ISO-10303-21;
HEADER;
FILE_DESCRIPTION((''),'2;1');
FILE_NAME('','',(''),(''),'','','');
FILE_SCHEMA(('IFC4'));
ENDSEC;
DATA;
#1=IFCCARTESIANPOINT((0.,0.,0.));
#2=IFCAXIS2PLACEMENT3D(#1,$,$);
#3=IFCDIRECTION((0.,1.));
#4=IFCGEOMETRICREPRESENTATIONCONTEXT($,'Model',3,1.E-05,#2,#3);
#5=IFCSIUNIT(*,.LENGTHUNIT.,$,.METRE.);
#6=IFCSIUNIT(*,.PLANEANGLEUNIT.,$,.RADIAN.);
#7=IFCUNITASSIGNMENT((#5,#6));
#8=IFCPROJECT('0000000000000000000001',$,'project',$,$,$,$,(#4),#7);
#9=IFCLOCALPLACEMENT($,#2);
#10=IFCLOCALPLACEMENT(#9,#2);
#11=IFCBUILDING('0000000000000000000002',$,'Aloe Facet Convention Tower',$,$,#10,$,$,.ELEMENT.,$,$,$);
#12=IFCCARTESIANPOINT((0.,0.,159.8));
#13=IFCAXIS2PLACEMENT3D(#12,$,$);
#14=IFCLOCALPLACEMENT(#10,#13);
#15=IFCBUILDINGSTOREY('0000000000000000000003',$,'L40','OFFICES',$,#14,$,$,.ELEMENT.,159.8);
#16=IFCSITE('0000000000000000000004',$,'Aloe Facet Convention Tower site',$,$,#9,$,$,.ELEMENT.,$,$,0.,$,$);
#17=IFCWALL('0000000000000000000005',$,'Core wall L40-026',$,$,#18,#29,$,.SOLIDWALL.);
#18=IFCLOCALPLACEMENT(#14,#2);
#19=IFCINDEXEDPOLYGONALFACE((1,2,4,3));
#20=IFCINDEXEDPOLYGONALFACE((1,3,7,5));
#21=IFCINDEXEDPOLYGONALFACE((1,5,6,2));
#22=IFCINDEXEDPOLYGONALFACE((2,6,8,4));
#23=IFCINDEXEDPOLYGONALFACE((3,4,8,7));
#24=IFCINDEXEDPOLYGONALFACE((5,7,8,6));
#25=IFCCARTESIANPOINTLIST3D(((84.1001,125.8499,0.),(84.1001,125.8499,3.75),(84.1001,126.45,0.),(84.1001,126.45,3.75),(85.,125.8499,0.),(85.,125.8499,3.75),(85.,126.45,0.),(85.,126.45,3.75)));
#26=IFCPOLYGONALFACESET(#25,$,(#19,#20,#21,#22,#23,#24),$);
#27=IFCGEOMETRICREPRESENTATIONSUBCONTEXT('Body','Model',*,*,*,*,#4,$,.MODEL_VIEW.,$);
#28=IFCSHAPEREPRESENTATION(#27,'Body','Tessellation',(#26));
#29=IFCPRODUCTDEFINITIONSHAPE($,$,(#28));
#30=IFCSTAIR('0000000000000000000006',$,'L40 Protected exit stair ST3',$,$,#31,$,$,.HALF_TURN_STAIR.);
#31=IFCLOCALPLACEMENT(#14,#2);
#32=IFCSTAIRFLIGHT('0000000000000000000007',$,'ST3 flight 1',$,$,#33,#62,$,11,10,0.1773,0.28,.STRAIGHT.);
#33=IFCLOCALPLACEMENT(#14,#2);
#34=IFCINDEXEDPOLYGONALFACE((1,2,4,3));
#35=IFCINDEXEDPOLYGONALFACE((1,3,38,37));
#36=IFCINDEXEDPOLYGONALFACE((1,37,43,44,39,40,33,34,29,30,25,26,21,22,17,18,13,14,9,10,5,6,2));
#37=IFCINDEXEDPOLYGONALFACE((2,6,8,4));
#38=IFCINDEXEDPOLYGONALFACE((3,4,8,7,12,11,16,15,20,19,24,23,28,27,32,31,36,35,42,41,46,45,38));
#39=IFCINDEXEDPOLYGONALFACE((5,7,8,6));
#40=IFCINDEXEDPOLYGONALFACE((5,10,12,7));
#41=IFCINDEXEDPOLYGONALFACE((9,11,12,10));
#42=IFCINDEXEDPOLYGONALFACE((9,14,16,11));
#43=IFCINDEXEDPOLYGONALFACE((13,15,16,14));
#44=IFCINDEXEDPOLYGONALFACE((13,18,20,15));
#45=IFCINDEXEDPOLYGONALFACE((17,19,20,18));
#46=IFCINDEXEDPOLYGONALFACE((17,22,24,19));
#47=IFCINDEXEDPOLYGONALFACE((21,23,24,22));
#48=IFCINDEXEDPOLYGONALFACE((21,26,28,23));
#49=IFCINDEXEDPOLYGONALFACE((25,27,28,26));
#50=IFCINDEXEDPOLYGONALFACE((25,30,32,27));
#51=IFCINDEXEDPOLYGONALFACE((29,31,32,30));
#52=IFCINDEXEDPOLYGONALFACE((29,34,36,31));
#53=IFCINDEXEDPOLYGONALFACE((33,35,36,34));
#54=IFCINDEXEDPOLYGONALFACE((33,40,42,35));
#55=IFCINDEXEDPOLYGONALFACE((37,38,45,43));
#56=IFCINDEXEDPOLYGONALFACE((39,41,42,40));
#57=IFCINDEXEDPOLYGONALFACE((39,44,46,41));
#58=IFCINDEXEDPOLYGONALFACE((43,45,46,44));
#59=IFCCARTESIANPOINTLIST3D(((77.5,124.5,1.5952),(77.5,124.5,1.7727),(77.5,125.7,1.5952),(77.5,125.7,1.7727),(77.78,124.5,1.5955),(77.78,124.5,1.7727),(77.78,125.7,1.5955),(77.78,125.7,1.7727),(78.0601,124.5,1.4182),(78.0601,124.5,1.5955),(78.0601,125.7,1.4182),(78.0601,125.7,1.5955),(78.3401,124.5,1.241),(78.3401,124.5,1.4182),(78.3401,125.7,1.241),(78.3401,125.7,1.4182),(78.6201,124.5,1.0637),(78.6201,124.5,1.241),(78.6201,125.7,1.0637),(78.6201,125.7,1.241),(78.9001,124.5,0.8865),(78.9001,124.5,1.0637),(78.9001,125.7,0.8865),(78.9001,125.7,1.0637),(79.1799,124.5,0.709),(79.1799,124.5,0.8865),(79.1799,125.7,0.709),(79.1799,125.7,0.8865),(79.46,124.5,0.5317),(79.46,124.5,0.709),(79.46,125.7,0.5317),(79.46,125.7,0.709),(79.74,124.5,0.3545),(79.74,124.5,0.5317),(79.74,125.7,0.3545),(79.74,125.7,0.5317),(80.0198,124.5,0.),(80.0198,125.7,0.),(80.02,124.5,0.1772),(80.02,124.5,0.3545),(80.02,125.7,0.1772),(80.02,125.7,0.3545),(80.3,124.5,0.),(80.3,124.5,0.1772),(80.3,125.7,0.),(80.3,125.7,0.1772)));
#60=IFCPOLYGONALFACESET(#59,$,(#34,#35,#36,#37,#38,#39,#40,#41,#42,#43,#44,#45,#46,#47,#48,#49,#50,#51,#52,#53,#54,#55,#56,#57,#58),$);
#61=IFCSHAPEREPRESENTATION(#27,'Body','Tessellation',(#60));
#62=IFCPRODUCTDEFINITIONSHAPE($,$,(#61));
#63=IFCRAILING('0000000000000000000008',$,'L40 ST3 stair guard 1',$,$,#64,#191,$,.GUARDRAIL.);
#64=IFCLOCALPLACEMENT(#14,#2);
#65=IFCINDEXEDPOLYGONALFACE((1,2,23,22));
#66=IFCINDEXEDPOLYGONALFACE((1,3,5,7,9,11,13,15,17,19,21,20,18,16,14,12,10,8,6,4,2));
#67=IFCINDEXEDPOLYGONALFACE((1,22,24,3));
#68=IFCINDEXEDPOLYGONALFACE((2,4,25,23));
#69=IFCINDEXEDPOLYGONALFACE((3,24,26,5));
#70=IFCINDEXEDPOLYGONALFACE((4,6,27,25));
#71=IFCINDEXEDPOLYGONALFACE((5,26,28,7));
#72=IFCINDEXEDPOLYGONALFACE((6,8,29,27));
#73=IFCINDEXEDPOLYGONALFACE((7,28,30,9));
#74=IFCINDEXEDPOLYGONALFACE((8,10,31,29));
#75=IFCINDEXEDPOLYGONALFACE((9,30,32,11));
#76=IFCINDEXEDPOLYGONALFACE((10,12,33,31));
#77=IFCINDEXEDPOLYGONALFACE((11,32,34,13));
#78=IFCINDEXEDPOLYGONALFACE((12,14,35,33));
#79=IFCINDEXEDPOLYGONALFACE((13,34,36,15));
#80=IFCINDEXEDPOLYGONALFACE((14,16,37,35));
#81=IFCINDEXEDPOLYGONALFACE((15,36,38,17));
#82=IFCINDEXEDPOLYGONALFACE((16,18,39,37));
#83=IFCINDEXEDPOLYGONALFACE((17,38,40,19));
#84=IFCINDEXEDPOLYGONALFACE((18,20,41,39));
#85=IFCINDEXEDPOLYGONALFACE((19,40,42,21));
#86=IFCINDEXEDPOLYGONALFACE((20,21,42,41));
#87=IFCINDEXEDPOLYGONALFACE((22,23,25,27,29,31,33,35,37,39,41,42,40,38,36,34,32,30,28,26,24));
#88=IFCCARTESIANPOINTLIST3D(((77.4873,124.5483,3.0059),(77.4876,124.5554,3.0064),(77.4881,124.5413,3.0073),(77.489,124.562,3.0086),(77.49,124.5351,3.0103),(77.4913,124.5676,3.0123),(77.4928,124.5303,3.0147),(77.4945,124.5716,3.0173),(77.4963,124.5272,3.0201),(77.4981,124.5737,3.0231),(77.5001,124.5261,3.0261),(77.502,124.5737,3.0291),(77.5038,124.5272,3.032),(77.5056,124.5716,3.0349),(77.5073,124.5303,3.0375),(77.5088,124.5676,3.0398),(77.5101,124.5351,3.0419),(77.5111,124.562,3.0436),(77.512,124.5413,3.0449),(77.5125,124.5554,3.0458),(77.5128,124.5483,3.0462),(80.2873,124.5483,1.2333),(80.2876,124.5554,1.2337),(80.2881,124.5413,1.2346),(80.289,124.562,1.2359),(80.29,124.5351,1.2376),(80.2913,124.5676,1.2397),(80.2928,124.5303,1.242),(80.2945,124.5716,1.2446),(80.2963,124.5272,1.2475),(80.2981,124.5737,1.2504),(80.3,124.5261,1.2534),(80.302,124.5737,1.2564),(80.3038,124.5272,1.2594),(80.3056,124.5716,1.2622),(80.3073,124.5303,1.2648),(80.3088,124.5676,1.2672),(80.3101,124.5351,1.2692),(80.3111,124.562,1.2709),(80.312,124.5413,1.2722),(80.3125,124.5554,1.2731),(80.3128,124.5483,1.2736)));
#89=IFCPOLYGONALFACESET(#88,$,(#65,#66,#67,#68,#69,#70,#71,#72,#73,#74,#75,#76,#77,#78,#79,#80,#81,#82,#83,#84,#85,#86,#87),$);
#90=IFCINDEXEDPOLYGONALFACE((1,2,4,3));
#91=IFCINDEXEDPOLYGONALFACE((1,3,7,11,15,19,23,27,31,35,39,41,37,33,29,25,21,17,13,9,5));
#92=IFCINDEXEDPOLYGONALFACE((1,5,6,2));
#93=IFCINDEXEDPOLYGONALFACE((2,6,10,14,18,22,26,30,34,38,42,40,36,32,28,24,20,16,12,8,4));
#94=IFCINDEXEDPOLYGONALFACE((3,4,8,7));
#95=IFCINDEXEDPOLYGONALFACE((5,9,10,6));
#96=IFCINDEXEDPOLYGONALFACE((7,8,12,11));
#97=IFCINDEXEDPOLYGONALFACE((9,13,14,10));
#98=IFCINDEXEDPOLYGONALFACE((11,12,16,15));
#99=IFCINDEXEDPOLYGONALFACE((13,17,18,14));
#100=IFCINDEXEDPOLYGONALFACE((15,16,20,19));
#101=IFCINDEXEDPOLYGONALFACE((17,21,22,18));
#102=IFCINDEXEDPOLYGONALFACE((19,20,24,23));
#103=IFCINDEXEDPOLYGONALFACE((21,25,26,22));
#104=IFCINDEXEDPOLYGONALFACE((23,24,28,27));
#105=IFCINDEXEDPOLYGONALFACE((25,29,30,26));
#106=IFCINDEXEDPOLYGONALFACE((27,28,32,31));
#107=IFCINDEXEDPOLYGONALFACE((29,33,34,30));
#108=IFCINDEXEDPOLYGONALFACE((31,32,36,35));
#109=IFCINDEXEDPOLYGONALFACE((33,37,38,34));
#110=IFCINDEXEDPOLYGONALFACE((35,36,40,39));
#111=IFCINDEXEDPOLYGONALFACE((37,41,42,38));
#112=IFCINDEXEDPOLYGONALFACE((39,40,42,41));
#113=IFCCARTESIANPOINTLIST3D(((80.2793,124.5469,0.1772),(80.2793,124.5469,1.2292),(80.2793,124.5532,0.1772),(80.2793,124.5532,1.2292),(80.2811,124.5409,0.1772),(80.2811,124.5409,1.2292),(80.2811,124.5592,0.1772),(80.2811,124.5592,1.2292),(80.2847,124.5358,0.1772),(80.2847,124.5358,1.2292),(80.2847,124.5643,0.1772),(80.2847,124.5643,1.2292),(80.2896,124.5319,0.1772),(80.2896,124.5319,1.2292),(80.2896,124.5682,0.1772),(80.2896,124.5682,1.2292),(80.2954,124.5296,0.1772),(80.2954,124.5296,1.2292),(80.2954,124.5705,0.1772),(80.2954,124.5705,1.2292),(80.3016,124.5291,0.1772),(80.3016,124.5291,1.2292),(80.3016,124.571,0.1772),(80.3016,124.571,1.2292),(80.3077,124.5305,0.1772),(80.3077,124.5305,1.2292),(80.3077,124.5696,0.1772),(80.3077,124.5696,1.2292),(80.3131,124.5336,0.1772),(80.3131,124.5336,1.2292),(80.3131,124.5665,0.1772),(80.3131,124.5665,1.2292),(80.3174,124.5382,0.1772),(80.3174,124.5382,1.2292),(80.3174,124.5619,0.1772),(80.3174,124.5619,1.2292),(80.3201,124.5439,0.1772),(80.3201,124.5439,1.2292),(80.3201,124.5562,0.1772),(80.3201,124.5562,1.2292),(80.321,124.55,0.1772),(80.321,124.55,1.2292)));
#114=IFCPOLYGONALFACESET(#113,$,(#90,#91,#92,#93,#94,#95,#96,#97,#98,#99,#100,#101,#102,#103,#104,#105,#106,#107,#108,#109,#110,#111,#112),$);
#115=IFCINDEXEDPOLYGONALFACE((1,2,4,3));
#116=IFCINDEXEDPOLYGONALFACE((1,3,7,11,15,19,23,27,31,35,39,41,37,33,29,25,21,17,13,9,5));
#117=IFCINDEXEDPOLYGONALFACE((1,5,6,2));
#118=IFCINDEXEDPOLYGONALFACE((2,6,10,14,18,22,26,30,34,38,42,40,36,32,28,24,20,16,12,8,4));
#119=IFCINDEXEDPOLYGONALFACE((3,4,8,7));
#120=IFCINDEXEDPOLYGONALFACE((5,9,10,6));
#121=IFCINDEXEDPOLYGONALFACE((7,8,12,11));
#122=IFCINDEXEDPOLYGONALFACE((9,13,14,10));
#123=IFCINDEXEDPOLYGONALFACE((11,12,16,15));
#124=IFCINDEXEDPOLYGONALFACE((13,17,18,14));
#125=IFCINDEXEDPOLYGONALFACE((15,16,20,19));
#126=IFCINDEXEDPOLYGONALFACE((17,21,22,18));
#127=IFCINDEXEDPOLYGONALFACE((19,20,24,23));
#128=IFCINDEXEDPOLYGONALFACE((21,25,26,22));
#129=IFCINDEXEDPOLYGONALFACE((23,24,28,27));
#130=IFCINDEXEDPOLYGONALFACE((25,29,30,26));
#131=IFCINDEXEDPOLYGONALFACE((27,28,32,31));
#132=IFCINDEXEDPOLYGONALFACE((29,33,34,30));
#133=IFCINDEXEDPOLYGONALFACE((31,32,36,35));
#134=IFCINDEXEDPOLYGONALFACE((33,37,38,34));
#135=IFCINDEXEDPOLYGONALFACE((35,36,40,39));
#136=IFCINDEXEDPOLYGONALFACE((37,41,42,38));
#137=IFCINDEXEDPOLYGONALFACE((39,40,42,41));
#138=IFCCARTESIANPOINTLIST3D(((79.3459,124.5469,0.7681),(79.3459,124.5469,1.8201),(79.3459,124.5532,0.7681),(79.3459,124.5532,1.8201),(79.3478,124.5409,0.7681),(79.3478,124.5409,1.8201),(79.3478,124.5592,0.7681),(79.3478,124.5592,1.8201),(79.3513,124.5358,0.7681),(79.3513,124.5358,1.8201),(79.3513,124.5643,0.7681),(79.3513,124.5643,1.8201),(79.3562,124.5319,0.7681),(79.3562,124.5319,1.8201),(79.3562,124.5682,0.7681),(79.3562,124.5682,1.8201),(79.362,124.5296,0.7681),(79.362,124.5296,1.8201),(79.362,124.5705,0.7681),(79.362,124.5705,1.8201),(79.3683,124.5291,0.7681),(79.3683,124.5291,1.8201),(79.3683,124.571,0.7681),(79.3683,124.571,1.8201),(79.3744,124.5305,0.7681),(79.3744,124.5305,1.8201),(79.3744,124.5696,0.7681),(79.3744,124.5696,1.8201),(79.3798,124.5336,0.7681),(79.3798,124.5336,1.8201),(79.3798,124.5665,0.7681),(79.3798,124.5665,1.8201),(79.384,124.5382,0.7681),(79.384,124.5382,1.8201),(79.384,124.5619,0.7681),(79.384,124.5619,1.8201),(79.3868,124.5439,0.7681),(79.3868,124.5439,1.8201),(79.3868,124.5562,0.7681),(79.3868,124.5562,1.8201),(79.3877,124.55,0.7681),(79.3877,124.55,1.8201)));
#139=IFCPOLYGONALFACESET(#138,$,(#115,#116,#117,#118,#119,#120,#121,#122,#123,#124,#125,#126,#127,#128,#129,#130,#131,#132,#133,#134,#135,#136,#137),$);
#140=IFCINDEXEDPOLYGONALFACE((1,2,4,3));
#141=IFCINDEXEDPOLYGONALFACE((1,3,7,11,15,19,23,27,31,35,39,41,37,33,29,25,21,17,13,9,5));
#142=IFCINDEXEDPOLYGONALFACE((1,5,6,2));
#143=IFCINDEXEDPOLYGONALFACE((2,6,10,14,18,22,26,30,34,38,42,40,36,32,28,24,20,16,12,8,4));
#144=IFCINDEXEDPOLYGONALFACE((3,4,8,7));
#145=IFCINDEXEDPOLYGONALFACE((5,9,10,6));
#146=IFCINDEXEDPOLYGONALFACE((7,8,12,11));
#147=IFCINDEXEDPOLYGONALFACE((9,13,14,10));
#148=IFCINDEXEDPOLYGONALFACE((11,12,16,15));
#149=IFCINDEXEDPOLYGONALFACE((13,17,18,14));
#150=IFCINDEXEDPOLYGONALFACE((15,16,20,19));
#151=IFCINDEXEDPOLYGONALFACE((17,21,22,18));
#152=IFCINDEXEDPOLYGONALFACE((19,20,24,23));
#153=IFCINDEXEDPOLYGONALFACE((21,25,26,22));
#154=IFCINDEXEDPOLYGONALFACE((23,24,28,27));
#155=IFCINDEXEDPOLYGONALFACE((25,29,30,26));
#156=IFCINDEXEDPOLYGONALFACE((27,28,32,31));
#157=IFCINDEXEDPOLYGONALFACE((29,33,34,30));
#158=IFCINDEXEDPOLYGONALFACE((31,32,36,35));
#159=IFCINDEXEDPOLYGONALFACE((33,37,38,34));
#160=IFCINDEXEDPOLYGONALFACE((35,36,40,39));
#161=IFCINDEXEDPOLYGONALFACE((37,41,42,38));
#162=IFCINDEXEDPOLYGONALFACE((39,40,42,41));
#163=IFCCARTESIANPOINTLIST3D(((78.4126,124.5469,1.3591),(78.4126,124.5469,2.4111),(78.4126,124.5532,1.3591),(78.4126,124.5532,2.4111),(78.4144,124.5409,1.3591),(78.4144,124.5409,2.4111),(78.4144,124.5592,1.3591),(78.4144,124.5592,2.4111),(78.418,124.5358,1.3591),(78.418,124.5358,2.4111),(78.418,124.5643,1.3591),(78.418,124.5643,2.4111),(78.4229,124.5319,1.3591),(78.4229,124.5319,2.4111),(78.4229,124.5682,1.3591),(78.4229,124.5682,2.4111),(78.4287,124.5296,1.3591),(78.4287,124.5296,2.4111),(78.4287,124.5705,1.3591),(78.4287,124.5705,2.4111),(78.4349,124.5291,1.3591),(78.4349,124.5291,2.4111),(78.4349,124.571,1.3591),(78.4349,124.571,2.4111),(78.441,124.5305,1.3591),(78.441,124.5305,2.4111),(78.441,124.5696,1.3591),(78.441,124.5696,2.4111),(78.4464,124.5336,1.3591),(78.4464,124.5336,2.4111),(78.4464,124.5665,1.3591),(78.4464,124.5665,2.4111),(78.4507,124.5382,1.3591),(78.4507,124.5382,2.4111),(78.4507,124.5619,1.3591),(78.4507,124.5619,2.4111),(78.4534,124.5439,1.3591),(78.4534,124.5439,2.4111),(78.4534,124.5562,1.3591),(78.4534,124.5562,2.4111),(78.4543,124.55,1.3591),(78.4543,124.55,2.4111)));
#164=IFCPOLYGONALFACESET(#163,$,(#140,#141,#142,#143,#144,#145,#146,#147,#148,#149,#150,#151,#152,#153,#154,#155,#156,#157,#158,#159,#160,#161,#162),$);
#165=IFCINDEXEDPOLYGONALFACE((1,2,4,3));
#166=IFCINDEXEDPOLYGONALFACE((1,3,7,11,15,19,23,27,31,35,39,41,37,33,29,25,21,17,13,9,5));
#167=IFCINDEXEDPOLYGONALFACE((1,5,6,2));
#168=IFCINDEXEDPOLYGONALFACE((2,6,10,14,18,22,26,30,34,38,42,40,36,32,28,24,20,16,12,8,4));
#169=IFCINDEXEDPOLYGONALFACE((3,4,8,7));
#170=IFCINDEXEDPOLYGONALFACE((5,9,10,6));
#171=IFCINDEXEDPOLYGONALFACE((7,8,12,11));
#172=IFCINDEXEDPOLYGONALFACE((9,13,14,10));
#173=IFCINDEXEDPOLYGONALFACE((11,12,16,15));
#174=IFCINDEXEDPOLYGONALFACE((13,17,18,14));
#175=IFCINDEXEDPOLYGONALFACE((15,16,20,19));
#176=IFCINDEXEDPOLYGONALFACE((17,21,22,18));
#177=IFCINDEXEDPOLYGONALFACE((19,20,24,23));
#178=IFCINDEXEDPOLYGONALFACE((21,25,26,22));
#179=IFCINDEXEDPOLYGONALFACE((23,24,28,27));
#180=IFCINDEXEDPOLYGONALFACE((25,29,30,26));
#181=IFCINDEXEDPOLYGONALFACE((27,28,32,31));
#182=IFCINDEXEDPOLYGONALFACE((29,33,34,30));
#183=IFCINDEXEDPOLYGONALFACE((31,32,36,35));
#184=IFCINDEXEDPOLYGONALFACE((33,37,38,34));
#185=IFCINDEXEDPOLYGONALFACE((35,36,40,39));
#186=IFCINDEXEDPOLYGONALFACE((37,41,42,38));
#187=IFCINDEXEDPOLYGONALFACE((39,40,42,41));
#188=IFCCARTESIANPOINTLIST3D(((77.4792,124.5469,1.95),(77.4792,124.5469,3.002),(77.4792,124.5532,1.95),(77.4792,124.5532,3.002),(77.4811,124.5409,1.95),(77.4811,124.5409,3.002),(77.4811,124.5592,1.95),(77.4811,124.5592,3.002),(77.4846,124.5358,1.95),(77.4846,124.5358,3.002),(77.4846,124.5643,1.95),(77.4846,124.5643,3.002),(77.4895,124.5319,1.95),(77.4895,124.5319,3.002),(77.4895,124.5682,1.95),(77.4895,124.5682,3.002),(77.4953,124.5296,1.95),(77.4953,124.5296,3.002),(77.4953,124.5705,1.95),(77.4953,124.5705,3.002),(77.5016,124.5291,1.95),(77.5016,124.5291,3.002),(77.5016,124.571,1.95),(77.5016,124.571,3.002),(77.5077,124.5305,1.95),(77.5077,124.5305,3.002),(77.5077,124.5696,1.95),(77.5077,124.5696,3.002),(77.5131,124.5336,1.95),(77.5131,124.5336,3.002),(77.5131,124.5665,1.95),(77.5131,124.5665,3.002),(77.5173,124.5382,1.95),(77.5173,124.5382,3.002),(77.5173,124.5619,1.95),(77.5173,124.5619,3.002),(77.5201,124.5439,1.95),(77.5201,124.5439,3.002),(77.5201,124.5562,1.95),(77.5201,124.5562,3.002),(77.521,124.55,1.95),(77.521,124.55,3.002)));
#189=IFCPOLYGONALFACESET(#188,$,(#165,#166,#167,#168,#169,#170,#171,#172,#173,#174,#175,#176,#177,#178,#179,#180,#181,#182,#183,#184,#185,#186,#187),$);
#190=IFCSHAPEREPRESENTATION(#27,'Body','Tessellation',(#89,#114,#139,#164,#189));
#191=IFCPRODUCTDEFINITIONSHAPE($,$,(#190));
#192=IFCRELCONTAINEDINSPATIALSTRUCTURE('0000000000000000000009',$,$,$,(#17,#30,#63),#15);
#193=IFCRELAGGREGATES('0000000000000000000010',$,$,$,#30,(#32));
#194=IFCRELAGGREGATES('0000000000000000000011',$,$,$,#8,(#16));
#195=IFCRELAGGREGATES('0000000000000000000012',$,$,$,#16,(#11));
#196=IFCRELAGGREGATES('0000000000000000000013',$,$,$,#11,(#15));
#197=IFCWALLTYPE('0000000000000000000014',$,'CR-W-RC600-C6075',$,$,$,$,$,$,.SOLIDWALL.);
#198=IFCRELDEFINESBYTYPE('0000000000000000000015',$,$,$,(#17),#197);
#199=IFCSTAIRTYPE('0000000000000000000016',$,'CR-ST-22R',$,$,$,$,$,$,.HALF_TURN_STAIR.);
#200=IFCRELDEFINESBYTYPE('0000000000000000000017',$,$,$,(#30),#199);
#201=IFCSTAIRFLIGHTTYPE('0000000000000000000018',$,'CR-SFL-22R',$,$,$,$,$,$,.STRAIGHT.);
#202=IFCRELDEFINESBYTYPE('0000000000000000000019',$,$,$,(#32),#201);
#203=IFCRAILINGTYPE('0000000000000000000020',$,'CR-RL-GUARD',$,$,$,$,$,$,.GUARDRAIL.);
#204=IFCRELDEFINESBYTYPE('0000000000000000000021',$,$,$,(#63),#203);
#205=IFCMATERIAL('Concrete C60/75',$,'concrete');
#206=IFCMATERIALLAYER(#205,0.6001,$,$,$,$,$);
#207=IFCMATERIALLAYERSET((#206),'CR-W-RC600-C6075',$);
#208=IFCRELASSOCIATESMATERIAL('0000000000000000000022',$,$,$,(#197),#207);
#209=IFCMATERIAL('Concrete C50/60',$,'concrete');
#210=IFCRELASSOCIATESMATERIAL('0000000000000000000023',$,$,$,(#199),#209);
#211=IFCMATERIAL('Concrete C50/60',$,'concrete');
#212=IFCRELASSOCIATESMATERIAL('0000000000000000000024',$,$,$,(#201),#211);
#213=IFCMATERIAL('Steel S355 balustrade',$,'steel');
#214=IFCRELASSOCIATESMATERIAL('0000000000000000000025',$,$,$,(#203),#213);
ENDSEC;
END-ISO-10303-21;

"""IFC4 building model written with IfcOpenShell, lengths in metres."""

from ifc_helpers import new_model, si_unit, direction, frame, frame_2d, origin, origin_2d, place, context, subcontext, project, spatial, polyline, rectangle, circle, outline, extrude, material, layer, layer_set, type_object, element, aggregate, save


model = new_model("IFC4")

# Units and contexts
model_context = context("Model", 3, precision=1e-05, world=origin(), true_north=direction((0.0, 1.0)))
body_context = subcontext(model_context, "Body", "Model", "MODEL_VIEW")
ifc_project = project(units=[si_unit("LENGTHUNIT", "METRE"), si_unit("PLANEANGLEUNIT", "RADIAN")], contexts=[model_context])

# Site, building, storey
site_placement = place(None, origin())
site = spatial("IfcSite", under=ifc_project, at=site_placement, Name="Aloe Facet Convention Tower site", CompositionType="ELEMENT", RefElevation=0.0)
building_placement = place(site_placement, origin())
building = spatial("IfcBuilding", under=site, at=building_placement, Name="Aloe Facet Convention Tower", CompositionType="ELEMENT")
storey_placement = place(building_placement, frame((0.0, 0.0, 159.8)))
storey = spatial("IfcBuildingStorey", under=building, at=storey_placement, Name="L40", Description="OFFICES", CompositionType="ELEMENT", Elevation=159.8)

# Wall
ifc_material_1 = material(Name="Concrete C60/75", Category="concrete")
ifc_layer_1 = layer(ifc_material_1, 0.6001)
ifc_layer_set_1 = layer_set([ifc_layer_1], Name="CR-W-RC600-C6075")
wall_type_1 = type_object("IfcWallType", Name="CR-W-RC600-C6075", PredefinedType="SOLIDWALL", material=ifc_layer_set_1)
wall_1_placement = place(storey_placement, frame((84.1001, 126.1499, 0.0), z_axis=(0.0, 0.0, 1.0), x_axis=(1.0, 0.0, 0.0)))
element("IfcWall", 1, at=wall_1_placement, inside=storey, type_object=wall_type_1, Name="Core wall L40-026", PredefinedType="SOLIDWALL", context=body_context, shape_type="SweptSolid", body=[
    extrude(rectangle(XDim=0.8999, YDim=0.6001, at=frame_2d((0.45, 0.0))), origin(), (0.0, 0.0, 1.0), 3.75),
])

# Stair, stair flight
ifc_material_2 = material(Name="Concrete C50/60", Category="concrete")
stair_type = type_object("IfcStairType", Name="CR-ST-22R", PredefinedType="HALF_TURN_STAIR", material=ifc_material_2)
stair_placement = place(storey_placement, origin())
stair = element("IfcStair", 2, at=stair_placement, inside=storey, type_object=stair_type, Name="L40 Protected exit stair ST3", PredefinedType="HALF_TURN_STAIR")
ifc_material_3 = material(Name="Concrete C50/60", Category="concrete")
stair_flight_type = type_object("IfcStairFlightType", Name="CR-SFL-22R", PredefinedType="STRAIGHT", material=ifc_material_3)
stair_flight_placement = place(storey_placement, frame((80.3, 125.1001, 0.0), z_axis=(0.0, 0.0, 1.0), x_axis=(-1.0, 0.0, 0.0)))
stair_flight = element("IfcStairFlight", 3, at=stair_flight_placement, type_object=stair_flight_type, Name="ST3 flight 1", NumberOfRisers=11, NumberOfTreads=10, PredefinedType="STRAIGHT", RiserHeight=0.1773, TreadLength=0.28, context=body_context, shape_type="SweptSolid", body=[
    extrude(outline(polyline([(0.0, 0.0), (0.0, 0.1772), (0.28, 0.1772), (0.28, 0.3545), (0.5601, 0.3545), (0.5601, 0.5317), (0.8401, 0.5317), (0.8401, 0.709), (1.1201, 0.709), (1.1201, 0.8865), (1.3999, 0.8865), (1.3999, 1.0637), (1.6799, 1.0637), (1.6799, 1.241), (1.96, 1.241), (1.96, 1.4182), (2.24, 1.4182), (2.24, 1.5955), (2.52, 1.5955), (2.52, 1.7727), (2.8, 1.7727), (2.8, 1.95), (2.8, 1.5952), (0.2803, 0.0), (0.0, 0.0)])), frame((0.0, 0.6001, 0.0), z_axis=(0.0, -1.0, 0.0), x_axis=(1.0, 0.0, 0.0)), (0.0, 0.0, 1.0), 1.2),
])
aggregate(stair, [stair_flight])

# Railing
ifc_material_4 = material(Name="Steel S355 balustrade", Category="steel")
railing_type_1 = type_object("IfcRailingType", Name="CR-RL-GUARD", PredefinedType="GUARDRAIL", material=ifc_material_4)
railing_1_placement = place(storey_placement, frame((80.3, 124.55, 0.1772)))
element("IfcRailing", 4, at=railing_1_placement, inside=storey, type_object=railing_type_1, Name="L40 ST3 stair guard 1", PredefinedType="GUARDRAIL", context=body_context, shape_type="SweptSolid", body=[
    extrude(circle(Radius=0.0239, at=origin_2d()), frame((0.0, 0.0, 1.0762), z_axis=(-0.844909, 0.0, 0.53491), x_axis=(0.0, -1.0, 0.0)), (0.0, 0.0, 1.0), 3.314),
    extrude(circle(Radius=0.021, at=origin_2d()), origin(), (0.0, 0.0, 1.0), 1.052),
    extrude(circle(Radius=0.021, at=origin_2d()), frame((-0.9333, 0.0, 0.5908)), (0.0, 0.0, 1.0), 1.052),
    extrude(circle(Radius=0.021, at=origin_2d()), frame((-1.8667, 0.0, 1.1819)), (0.0, 0.0, 1.0), 1.052),
    extrude(circle(Radius=0.021, at=origin_2d()), frame((-2.8, 0.0, 1.7727)), (0.0, 0.0, 1.0), 1.052),
])

save(model, "model.ifc")
